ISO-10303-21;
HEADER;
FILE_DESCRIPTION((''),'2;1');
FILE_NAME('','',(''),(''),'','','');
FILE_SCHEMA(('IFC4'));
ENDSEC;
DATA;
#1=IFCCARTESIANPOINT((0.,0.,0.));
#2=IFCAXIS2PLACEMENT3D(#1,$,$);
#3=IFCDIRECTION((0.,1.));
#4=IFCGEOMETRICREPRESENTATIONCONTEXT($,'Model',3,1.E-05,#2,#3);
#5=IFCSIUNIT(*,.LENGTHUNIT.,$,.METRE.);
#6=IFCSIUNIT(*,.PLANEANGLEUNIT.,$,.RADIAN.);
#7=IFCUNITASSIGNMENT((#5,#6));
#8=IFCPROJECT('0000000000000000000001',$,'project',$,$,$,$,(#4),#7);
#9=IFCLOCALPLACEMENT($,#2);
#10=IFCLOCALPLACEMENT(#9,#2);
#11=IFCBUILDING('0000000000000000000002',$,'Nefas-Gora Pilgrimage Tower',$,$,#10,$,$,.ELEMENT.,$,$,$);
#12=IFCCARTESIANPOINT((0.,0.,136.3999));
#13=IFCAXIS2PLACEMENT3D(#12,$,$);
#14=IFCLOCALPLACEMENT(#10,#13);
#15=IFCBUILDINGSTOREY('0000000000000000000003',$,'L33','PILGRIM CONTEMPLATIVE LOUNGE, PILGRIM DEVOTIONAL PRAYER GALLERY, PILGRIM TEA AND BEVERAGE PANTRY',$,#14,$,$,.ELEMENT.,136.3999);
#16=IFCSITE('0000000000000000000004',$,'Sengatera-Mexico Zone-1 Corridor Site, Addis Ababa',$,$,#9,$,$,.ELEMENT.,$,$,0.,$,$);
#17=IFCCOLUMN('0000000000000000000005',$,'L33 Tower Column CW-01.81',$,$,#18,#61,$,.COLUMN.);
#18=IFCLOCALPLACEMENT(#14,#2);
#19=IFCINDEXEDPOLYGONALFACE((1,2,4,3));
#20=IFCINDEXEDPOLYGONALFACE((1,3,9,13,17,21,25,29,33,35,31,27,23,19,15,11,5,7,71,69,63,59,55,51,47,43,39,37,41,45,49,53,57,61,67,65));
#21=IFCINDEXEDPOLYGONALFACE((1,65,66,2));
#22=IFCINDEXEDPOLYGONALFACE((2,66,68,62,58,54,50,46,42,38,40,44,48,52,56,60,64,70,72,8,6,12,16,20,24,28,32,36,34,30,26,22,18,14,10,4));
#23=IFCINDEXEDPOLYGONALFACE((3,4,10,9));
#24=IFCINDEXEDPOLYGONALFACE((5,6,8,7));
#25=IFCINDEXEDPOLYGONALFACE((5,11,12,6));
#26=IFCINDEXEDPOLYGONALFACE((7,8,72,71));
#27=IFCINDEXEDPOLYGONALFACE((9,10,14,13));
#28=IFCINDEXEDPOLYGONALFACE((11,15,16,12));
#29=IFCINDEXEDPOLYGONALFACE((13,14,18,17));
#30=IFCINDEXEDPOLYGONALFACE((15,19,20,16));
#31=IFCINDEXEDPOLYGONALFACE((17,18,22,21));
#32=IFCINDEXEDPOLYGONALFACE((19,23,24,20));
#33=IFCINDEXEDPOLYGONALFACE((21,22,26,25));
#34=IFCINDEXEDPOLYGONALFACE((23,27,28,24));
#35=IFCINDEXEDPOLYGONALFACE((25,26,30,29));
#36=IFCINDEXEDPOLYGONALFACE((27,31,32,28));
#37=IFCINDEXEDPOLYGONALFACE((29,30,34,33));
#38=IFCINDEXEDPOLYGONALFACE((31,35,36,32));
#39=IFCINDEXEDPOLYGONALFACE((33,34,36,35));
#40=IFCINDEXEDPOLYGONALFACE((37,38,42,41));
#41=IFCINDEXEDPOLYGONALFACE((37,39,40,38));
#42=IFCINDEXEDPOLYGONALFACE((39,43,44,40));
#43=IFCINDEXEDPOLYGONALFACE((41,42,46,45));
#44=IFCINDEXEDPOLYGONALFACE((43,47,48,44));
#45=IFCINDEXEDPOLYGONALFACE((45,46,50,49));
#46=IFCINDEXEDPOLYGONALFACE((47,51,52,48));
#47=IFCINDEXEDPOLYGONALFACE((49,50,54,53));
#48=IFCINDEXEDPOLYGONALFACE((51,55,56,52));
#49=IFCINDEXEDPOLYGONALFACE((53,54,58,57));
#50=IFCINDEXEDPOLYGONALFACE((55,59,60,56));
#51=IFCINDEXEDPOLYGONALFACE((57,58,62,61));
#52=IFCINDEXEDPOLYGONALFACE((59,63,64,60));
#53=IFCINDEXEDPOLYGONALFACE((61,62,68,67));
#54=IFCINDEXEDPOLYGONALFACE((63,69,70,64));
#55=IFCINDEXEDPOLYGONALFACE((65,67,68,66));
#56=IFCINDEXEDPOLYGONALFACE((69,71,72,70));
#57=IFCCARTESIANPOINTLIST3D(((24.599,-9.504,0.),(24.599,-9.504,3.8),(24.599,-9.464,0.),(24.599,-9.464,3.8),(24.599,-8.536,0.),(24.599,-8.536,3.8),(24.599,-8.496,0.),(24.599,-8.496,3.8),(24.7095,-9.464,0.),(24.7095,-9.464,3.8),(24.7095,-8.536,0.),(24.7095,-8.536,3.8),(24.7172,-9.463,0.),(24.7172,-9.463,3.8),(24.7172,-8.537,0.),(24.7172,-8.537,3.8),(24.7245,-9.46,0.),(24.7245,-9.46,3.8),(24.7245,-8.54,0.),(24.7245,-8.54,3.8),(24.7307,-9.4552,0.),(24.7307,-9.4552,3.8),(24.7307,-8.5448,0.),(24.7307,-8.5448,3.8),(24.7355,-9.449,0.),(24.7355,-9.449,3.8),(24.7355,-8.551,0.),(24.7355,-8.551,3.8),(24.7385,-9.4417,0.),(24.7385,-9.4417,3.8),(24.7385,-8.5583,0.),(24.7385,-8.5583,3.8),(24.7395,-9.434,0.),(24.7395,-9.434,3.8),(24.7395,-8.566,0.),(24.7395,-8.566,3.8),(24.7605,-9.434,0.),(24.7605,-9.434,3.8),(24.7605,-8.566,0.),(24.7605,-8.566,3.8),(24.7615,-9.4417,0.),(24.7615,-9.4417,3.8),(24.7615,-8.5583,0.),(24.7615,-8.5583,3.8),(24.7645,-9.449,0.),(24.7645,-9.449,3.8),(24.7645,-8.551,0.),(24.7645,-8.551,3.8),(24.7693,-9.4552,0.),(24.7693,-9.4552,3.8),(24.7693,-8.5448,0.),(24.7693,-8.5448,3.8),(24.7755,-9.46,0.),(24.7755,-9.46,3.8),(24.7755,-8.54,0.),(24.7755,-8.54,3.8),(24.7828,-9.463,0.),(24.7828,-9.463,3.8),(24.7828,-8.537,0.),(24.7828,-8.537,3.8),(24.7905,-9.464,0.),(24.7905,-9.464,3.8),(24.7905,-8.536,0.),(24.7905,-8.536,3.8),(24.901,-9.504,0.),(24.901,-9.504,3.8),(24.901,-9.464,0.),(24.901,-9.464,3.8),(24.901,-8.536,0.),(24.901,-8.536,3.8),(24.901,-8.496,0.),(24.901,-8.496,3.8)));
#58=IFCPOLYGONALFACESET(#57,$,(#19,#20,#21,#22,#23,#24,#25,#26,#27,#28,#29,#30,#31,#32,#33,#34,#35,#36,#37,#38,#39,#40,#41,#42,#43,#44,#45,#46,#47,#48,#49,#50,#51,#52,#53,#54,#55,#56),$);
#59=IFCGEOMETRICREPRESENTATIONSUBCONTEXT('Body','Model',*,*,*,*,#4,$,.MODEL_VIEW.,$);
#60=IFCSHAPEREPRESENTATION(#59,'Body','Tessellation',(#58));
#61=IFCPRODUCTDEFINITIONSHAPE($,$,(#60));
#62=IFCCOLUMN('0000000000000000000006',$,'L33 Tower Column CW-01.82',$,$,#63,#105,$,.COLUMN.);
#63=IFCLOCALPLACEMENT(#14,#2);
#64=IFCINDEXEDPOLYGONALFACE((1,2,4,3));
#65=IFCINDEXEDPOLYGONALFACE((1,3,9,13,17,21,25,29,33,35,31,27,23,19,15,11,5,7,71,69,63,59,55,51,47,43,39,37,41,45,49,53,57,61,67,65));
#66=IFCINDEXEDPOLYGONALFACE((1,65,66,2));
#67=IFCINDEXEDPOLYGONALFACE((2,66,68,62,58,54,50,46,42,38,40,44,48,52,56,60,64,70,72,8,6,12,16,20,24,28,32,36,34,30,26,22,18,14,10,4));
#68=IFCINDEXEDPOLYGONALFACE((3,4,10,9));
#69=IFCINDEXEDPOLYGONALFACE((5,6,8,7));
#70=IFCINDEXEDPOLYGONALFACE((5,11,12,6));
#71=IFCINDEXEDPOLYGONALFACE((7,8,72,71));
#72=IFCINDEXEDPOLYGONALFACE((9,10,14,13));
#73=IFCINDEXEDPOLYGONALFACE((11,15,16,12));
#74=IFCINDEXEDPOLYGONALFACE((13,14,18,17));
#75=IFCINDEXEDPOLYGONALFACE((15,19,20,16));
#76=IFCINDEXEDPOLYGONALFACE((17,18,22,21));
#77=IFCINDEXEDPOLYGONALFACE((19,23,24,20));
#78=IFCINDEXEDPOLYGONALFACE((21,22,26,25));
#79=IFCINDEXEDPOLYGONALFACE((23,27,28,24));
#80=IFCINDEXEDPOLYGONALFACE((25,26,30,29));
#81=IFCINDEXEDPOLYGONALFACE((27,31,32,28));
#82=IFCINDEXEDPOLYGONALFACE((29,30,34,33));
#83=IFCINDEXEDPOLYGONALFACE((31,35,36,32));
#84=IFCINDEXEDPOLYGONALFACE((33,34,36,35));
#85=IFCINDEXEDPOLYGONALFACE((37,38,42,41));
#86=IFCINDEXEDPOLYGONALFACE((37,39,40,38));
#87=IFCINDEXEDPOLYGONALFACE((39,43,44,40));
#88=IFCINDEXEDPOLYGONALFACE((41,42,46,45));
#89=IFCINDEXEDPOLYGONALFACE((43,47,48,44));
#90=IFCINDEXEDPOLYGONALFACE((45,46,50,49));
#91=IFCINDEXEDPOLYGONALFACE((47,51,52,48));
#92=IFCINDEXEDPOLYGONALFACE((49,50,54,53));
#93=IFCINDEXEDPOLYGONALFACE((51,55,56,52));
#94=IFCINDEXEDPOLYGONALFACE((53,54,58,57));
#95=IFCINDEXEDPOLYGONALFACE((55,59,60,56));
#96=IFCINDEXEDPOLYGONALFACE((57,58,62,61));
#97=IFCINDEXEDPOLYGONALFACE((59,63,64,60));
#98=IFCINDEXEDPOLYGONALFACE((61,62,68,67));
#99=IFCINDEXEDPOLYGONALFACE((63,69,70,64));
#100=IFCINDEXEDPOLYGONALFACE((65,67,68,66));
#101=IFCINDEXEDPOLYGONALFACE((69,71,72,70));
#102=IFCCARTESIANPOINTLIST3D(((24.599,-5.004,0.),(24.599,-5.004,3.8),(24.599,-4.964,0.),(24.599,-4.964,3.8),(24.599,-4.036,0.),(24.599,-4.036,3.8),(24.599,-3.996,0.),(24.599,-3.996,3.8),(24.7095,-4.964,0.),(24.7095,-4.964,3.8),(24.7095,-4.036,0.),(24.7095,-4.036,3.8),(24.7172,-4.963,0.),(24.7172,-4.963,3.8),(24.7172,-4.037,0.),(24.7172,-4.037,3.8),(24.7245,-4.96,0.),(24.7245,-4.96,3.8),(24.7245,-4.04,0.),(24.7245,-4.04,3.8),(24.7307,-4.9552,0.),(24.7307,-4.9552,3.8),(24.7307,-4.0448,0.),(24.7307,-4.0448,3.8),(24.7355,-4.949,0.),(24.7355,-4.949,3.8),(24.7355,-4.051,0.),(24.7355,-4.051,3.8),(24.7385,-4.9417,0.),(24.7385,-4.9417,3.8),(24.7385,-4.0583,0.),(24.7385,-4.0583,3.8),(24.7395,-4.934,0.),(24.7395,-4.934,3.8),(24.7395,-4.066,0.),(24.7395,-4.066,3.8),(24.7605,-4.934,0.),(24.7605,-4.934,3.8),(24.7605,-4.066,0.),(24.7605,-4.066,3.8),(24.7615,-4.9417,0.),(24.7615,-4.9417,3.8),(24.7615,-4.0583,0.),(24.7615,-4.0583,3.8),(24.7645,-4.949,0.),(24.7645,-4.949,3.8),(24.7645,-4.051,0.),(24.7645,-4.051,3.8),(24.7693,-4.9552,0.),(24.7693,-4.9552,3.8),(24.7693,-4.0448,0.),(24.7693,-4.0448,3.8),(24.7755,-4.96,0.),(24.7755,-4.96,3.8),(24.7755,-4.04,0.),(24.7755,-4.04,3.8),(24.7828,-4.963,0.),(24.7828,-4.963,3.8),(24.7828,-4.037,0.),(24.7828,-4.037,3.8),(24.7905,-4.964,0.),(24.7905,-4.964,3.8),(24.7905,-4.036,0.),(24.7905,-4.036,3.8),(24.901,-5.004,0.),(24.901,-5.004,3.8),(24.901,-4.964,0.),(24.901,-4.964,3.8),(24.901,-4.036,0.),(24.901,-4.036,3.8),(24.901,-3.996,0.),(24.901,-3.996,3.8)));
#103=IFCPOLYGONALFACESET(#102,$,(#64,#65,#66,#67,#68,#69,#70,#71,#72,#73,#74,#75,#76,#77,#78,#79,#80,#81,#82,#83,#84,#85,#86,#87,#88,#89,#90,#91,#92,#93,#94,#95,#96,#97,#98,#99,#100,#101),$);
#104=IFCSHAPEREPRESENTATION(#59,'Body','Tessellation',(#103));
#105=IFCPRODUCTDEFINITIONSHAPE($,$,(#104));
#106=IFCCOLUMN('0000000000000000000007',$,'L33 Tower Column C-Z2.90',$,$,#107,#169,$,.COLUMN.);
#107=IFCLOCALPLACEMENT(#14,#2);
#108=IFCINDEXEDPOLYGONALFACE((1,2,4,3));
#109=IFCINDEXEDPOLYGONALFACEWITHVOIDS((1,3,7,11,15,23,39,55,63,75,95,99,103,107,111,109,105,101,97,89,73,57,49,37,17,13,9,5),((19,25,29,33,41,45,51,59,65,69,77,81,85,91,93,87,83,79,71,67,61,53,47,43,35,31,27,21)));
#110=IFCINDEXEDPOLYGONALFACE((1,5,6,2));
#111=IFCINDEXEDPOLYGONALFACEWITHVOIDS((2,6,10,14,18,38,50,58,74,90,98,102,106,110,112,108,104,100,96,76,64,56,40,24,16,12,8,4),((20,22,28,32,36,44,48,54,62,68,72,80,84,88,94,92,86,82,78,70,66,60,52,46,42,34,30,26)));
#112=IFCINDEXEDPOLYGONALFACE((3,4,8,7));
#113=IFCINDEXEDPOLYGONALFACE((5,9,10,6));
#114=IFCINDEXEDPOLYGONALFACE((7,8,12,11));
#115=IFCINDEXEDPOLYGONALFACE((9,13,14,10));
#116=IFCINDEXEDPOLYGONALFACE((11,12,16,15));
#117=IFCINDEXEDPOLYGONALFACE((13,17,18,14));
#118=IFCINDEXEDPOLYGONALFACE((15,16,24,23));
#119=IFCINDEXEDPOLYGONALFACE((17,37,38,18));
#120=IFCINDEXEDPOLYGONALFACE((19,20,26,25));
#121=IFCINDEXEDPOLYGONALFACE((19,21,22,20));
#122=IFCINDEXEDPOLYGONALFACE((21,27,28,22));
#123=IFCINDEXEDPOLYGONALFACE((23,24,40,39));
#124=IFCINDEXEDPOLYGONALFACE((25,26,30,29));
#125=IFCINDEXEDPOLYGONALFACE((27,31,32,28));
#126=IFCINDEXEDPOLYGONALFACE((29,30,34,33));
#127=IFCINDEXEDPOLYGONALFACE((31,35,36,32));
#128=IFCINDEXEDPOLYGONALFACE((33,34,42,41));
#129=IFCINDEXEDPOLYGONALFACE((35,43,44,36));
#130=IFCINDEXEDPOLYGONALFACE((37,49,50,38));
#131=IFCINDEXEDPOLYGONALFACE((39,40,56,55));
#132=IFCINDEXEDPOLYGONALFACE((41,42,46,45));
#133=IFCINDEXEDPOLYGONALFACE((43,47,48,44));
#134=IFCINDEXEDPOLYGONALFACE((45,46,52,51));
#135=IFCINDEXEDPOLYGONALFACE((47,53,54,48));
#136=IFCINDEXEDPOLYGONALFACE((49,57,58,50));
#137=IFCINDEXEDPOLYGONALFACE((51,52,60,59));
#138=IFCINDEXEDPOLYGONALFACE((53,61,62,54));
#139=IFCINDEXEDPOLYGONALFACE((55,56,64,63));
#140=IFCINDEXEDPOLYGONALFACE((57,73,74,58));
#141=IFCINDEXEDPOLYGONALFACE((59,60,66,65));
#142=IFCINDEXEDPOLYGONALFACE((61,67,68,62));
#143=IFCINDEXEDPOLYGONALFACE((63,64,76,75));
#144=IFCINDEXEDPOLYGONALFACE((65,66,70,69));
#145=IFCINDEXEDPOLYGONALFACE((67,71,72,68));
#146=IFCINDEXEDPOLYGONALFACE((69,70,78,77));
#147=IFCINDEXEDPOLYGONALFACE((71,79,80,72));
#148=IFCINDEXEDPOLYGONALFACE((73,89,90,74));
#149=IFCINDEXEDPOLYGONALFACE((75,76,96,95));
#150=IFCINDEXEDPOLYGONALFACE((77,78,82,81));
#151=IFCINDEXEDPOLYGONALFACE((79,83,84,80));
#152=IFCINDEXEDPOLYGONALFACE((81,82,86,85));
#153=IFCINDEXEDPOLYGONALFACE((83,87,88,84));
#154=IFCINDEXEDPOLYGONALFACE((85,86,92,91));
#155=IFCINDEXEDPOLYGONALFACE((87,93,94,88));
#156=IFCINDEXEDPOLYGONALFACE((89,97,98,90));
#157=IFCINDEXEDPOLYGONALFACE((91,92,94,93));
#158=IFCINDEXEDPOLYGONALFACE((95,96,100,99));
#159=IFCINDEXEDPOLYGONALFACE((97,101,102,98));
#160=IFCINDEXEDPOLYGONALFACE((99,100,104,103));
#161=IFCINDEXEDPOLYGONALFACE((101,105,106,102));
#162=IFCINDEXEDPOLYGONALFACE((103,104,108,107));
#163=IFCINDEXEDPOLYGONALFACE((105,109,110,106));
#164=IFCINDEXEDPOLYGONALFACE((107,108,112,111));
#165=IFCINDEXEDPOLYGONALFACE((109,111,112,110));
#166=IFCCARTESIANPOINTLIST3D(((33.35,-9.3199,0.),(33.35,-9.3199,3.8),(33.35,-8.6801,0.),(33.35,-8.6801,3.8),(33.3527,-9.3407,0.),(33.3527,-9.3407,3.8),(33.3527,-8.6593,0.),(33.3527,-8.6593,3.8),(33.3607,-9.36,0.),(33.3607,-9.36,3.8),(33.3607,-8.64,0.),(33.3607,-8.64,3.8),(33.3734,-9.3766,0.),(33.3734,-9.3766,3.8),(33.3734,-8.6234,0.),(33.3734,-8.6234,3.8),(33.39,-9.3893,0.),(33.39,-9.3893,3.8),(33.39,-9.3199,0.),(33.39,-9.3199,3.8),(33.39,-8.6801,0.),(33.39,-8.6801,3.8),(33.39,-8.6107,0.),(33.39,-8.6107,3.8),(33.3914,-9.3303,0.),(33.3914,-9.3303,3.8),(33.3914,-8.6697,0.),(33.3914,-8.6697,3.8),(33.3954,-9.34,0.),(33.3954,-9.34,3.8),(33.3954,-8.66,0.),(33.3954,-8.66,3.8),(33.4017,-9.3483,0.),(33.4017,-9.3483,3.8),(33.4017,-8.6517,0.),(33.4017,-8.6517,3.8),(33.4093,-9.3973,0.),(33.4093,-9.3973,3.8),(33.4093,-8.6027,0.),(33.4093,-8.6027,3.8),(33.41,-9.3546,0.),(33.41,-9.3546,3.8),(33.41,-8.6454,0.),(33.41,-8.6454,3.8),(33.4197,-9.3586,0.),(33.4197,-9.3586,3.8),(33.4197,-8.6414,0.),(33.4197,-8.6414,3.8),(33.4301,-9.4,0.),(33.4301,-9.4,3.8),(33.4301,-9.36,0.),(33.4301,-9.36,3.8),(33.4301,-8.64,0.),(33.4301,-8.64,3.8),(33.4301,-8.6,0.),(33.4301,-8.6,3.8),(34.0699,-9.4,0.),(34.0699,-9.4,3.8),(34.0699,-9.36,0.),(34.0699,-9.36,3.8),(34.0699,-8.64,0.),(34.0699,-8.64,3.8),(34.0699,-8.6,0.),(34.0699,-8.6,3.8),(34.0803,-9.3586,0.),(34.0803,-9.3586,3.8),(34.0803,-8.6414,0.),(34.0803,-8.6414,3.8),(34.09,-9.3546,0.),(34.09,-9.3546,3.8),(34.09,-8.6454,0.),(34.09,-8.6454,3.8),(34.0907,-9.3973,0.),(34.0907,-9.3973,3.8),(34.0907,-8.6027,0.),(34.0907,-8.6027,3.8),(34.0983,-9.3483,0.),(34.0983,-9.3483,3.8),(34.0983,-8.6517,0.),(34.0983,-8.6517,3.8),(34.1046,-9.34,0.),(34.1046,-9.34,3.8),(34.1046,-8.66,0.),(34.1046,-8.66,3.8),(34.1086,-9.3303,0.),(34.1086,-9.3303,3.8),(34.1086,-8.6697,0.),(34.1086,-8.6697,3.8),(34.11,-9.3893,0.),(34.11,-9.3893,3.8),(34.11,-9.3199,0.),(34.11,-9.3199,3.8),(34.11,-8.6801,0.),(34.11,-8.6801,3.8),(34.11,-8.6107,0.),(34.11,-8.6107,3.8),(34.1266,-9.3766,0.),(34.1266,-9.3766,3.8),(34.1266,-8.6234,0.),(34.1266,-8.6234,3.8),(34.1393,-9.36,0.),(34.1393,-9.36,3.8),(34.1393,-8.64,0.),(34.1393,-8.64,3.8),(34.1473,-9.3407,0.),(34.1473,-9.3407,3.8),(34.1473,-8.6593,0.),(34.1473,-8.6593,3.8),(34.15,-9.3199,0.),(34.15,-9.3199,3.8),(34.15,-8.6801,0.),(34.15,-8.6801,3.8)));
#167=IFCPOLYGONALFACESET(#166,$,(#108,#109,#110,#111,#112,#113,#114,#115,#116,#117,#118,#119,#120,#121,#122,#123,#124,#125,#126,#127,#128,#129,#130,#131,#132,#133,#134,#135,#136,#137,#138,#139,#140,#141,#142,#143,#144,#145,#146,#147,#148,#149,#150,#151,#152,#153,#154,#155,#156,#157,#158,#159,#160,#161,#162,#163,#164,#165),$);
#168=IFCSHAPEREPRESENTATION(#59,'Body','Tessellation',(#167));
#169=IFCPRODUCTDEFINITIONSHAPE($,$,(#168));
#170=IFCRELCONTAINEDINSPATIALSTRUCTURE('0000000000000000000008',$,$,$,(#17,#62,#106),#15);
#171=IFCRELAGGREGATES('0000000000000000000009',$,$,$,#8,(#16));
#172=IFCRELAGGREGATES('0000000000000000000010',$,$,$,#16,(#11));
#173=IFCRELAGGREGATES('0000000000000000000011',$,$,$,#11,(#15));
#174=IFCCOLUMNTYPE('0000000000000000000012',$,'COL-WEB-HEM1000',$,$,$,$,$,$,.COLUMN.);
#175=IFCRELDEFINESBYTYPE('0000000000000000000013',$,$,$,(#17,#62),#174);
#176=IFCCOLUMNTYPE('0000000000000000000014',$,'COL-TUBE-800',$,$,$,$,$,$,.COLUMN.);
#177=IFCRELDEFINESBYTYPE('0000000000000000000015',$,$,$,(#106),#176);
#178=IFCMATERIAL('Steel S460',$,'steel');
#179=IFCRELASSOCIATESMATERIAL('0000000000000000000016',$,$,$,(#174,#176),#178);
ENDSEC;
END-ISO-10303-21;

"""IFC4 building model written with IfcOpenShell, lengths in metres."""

from ifc_helpers import new_model, si_unit, direction, frame, origin, origin_2d, place, context, subcontext, project, spatial, hollow_rectangle, i_section, extrude, source, transform, mapped, material, material_profile, profile_set, type_object, element, save


model = new_model("IFC4")

# Units and contexts
model_context = context("Model", 3, precision=1e-05, world=origin(), true_north=direction((0.0, 1.0)))
body_context = subcontext(model_context, "Body", "Model", "MODEL_VIEW")
ifc_project = project(units=[si_unit("LENGTHUNIT", "METRE"), si_unit("PLANEANGLEUNIT", "RADIAN")], contexts=[model_context])

# Site, building, storey
site_placement = place(None, origin())
site = spatial("IfcSite", under=ifc_project, at=site_placement, Name="Sengatera-Mexico Zone-1 Corridor Site, Addis Ababa", CompositionType="ELEMENT", RefElevation=0.0)
building_placement = place(site_placement, origin())
building = spatial("IfcBuilding", under=site, at=building_placement, Name="Nefas-Gora Pilgrimage Tower", CompositionType="ELEMENT")
storey_placement = place(building_placement, frame((0.0, 0.0, 136.3999)))
storey = spatial("IfcBuildingStorey", under=building, at=storey_placement, Name="L33", Description="PILGRIM CONTEMPLATIVE LOUNGE, PILGRIM DEVOTIONAL PRAYER GALLERY, PILGRIM TEA AND BEVERAGE PANTRY", CompositionType="ELEMENT", Elevation=136.3999)

# Columns
ifc_material_1 = material(Name="Steel S460", Category="steel")
ifc_material_profile_1 = material_profile(ifc_material_1, i_section(OverallWidth=0.302, OverallDepth=1.0081, WebThickness=0.021, FlangeThickness=0.04, FilletRadius=0.03, at=origin_2d()), Name="HEM 1000")
ifc_profile_set_1 = profile_set([ifc_material_profile_1], Name="Steel S460")
column_type_1 = type_object("IfcColumnType", Name="COL-WEB-HEM1000", PredefinedType="COLUMN", material=ifc_profile_set_1)
shared_shape_1 = source(origin(), body_context, "Body", "SweptSolid", [
    extrude(i_section(OverallWidth=0.302, OverallDepth=1.0081, WebThickness=0.021, FlangeThickness=0.04, FilletRadius=0.03, at=origin_2d()), origin(), (0.0, 0.0, 1.0), 3.8),
])
for number, where, z_axis, x_axis, name in (
    (1, (24.75, -9.0, 0.0), (0.0, 0.0, 1.0), (1.0, 0.0, 0.0), "L33 Tower Column CW-01.81"),
    (2, (24.75, -4.5, 0.0), (0.0, 0.0, 1.0), (1.0, 0.0, 0.0), "L33 Tower Column CW-01.82"),
):
    element("IfcColumn", number, at=place(storey_placement, frame(where, z_axis=z_axis, x_axis=x_axis)), inside=storey, type_object=column_type_1, Name=name, PredefinedType="COLUMN", context=body_context, shape_type="MappedRepresentation", body=[
        mapped(shared_shape_1, transform((0.0, 0.0, 0.0), x_axis=(1.0, 0.0, 0.0), y_axis=(0.0, 1.0, 0.0), z_axis=(0.0, 0.0, 1.0), scale=1.0)),
    ])
ifc_material_profile_2 = material_profile(ifc_material_1, hollow_rectangle(XDim=0.8, YDim=0.8, WallThickness=0.04, InnerFilletRadius=0.04, OuterFilletRadius=0.0801, at=origin_2d()), Name="BOX 800x800x40")
ifc_profile_set_2 = profile_set([ifc_material_profile_2], Name="Steel S460")
column_type_2 = type_object("IfcColumnType", Name="COL-TUBE-800", PredefinedType="COLUMN", material=ifc_profile_set_2)
shared_shape_2 = source(origin(), body_context, "Body", "SweptSolid", [
    extrude(hollow_rectangle(XDim=0.8, YDim=0.8, WallThickness=0.04, InnerFilletRadius=0.04, OuterFilletRadius=0.0801, at=origin_2d()), origin(), (0.0, 0.0, 1.0), 3.8),
])
for number, where, z_axis, x_axis, name in (
    (3, (33.75, -9.0, 0.0), (0.0, 0.0, 1.0), (1.0, 0.0, 0.0), "L33 Tower Column C-Z2.90"),
):
    element("IfcColumn", number, at=place(storey_placement, frame(where, z_axis=z_axis, x_axis=x_axis)), inside=storey, type_object=column_type_2, Name=name, PredefinedType="COLUMN", context=body_context, shape_type="MappedRepresentation", body=[
        mapped(shared_shape_2, transform((0.0, 0.0, 0.0), x_axis=(1.0, 0.0, 0.0), y_axis=(0.0, 1.0, 0.0), z_axis=(0.0, 0.0, 1.0), scale=1.0)),
    ])

save(model, "model.ifc")
